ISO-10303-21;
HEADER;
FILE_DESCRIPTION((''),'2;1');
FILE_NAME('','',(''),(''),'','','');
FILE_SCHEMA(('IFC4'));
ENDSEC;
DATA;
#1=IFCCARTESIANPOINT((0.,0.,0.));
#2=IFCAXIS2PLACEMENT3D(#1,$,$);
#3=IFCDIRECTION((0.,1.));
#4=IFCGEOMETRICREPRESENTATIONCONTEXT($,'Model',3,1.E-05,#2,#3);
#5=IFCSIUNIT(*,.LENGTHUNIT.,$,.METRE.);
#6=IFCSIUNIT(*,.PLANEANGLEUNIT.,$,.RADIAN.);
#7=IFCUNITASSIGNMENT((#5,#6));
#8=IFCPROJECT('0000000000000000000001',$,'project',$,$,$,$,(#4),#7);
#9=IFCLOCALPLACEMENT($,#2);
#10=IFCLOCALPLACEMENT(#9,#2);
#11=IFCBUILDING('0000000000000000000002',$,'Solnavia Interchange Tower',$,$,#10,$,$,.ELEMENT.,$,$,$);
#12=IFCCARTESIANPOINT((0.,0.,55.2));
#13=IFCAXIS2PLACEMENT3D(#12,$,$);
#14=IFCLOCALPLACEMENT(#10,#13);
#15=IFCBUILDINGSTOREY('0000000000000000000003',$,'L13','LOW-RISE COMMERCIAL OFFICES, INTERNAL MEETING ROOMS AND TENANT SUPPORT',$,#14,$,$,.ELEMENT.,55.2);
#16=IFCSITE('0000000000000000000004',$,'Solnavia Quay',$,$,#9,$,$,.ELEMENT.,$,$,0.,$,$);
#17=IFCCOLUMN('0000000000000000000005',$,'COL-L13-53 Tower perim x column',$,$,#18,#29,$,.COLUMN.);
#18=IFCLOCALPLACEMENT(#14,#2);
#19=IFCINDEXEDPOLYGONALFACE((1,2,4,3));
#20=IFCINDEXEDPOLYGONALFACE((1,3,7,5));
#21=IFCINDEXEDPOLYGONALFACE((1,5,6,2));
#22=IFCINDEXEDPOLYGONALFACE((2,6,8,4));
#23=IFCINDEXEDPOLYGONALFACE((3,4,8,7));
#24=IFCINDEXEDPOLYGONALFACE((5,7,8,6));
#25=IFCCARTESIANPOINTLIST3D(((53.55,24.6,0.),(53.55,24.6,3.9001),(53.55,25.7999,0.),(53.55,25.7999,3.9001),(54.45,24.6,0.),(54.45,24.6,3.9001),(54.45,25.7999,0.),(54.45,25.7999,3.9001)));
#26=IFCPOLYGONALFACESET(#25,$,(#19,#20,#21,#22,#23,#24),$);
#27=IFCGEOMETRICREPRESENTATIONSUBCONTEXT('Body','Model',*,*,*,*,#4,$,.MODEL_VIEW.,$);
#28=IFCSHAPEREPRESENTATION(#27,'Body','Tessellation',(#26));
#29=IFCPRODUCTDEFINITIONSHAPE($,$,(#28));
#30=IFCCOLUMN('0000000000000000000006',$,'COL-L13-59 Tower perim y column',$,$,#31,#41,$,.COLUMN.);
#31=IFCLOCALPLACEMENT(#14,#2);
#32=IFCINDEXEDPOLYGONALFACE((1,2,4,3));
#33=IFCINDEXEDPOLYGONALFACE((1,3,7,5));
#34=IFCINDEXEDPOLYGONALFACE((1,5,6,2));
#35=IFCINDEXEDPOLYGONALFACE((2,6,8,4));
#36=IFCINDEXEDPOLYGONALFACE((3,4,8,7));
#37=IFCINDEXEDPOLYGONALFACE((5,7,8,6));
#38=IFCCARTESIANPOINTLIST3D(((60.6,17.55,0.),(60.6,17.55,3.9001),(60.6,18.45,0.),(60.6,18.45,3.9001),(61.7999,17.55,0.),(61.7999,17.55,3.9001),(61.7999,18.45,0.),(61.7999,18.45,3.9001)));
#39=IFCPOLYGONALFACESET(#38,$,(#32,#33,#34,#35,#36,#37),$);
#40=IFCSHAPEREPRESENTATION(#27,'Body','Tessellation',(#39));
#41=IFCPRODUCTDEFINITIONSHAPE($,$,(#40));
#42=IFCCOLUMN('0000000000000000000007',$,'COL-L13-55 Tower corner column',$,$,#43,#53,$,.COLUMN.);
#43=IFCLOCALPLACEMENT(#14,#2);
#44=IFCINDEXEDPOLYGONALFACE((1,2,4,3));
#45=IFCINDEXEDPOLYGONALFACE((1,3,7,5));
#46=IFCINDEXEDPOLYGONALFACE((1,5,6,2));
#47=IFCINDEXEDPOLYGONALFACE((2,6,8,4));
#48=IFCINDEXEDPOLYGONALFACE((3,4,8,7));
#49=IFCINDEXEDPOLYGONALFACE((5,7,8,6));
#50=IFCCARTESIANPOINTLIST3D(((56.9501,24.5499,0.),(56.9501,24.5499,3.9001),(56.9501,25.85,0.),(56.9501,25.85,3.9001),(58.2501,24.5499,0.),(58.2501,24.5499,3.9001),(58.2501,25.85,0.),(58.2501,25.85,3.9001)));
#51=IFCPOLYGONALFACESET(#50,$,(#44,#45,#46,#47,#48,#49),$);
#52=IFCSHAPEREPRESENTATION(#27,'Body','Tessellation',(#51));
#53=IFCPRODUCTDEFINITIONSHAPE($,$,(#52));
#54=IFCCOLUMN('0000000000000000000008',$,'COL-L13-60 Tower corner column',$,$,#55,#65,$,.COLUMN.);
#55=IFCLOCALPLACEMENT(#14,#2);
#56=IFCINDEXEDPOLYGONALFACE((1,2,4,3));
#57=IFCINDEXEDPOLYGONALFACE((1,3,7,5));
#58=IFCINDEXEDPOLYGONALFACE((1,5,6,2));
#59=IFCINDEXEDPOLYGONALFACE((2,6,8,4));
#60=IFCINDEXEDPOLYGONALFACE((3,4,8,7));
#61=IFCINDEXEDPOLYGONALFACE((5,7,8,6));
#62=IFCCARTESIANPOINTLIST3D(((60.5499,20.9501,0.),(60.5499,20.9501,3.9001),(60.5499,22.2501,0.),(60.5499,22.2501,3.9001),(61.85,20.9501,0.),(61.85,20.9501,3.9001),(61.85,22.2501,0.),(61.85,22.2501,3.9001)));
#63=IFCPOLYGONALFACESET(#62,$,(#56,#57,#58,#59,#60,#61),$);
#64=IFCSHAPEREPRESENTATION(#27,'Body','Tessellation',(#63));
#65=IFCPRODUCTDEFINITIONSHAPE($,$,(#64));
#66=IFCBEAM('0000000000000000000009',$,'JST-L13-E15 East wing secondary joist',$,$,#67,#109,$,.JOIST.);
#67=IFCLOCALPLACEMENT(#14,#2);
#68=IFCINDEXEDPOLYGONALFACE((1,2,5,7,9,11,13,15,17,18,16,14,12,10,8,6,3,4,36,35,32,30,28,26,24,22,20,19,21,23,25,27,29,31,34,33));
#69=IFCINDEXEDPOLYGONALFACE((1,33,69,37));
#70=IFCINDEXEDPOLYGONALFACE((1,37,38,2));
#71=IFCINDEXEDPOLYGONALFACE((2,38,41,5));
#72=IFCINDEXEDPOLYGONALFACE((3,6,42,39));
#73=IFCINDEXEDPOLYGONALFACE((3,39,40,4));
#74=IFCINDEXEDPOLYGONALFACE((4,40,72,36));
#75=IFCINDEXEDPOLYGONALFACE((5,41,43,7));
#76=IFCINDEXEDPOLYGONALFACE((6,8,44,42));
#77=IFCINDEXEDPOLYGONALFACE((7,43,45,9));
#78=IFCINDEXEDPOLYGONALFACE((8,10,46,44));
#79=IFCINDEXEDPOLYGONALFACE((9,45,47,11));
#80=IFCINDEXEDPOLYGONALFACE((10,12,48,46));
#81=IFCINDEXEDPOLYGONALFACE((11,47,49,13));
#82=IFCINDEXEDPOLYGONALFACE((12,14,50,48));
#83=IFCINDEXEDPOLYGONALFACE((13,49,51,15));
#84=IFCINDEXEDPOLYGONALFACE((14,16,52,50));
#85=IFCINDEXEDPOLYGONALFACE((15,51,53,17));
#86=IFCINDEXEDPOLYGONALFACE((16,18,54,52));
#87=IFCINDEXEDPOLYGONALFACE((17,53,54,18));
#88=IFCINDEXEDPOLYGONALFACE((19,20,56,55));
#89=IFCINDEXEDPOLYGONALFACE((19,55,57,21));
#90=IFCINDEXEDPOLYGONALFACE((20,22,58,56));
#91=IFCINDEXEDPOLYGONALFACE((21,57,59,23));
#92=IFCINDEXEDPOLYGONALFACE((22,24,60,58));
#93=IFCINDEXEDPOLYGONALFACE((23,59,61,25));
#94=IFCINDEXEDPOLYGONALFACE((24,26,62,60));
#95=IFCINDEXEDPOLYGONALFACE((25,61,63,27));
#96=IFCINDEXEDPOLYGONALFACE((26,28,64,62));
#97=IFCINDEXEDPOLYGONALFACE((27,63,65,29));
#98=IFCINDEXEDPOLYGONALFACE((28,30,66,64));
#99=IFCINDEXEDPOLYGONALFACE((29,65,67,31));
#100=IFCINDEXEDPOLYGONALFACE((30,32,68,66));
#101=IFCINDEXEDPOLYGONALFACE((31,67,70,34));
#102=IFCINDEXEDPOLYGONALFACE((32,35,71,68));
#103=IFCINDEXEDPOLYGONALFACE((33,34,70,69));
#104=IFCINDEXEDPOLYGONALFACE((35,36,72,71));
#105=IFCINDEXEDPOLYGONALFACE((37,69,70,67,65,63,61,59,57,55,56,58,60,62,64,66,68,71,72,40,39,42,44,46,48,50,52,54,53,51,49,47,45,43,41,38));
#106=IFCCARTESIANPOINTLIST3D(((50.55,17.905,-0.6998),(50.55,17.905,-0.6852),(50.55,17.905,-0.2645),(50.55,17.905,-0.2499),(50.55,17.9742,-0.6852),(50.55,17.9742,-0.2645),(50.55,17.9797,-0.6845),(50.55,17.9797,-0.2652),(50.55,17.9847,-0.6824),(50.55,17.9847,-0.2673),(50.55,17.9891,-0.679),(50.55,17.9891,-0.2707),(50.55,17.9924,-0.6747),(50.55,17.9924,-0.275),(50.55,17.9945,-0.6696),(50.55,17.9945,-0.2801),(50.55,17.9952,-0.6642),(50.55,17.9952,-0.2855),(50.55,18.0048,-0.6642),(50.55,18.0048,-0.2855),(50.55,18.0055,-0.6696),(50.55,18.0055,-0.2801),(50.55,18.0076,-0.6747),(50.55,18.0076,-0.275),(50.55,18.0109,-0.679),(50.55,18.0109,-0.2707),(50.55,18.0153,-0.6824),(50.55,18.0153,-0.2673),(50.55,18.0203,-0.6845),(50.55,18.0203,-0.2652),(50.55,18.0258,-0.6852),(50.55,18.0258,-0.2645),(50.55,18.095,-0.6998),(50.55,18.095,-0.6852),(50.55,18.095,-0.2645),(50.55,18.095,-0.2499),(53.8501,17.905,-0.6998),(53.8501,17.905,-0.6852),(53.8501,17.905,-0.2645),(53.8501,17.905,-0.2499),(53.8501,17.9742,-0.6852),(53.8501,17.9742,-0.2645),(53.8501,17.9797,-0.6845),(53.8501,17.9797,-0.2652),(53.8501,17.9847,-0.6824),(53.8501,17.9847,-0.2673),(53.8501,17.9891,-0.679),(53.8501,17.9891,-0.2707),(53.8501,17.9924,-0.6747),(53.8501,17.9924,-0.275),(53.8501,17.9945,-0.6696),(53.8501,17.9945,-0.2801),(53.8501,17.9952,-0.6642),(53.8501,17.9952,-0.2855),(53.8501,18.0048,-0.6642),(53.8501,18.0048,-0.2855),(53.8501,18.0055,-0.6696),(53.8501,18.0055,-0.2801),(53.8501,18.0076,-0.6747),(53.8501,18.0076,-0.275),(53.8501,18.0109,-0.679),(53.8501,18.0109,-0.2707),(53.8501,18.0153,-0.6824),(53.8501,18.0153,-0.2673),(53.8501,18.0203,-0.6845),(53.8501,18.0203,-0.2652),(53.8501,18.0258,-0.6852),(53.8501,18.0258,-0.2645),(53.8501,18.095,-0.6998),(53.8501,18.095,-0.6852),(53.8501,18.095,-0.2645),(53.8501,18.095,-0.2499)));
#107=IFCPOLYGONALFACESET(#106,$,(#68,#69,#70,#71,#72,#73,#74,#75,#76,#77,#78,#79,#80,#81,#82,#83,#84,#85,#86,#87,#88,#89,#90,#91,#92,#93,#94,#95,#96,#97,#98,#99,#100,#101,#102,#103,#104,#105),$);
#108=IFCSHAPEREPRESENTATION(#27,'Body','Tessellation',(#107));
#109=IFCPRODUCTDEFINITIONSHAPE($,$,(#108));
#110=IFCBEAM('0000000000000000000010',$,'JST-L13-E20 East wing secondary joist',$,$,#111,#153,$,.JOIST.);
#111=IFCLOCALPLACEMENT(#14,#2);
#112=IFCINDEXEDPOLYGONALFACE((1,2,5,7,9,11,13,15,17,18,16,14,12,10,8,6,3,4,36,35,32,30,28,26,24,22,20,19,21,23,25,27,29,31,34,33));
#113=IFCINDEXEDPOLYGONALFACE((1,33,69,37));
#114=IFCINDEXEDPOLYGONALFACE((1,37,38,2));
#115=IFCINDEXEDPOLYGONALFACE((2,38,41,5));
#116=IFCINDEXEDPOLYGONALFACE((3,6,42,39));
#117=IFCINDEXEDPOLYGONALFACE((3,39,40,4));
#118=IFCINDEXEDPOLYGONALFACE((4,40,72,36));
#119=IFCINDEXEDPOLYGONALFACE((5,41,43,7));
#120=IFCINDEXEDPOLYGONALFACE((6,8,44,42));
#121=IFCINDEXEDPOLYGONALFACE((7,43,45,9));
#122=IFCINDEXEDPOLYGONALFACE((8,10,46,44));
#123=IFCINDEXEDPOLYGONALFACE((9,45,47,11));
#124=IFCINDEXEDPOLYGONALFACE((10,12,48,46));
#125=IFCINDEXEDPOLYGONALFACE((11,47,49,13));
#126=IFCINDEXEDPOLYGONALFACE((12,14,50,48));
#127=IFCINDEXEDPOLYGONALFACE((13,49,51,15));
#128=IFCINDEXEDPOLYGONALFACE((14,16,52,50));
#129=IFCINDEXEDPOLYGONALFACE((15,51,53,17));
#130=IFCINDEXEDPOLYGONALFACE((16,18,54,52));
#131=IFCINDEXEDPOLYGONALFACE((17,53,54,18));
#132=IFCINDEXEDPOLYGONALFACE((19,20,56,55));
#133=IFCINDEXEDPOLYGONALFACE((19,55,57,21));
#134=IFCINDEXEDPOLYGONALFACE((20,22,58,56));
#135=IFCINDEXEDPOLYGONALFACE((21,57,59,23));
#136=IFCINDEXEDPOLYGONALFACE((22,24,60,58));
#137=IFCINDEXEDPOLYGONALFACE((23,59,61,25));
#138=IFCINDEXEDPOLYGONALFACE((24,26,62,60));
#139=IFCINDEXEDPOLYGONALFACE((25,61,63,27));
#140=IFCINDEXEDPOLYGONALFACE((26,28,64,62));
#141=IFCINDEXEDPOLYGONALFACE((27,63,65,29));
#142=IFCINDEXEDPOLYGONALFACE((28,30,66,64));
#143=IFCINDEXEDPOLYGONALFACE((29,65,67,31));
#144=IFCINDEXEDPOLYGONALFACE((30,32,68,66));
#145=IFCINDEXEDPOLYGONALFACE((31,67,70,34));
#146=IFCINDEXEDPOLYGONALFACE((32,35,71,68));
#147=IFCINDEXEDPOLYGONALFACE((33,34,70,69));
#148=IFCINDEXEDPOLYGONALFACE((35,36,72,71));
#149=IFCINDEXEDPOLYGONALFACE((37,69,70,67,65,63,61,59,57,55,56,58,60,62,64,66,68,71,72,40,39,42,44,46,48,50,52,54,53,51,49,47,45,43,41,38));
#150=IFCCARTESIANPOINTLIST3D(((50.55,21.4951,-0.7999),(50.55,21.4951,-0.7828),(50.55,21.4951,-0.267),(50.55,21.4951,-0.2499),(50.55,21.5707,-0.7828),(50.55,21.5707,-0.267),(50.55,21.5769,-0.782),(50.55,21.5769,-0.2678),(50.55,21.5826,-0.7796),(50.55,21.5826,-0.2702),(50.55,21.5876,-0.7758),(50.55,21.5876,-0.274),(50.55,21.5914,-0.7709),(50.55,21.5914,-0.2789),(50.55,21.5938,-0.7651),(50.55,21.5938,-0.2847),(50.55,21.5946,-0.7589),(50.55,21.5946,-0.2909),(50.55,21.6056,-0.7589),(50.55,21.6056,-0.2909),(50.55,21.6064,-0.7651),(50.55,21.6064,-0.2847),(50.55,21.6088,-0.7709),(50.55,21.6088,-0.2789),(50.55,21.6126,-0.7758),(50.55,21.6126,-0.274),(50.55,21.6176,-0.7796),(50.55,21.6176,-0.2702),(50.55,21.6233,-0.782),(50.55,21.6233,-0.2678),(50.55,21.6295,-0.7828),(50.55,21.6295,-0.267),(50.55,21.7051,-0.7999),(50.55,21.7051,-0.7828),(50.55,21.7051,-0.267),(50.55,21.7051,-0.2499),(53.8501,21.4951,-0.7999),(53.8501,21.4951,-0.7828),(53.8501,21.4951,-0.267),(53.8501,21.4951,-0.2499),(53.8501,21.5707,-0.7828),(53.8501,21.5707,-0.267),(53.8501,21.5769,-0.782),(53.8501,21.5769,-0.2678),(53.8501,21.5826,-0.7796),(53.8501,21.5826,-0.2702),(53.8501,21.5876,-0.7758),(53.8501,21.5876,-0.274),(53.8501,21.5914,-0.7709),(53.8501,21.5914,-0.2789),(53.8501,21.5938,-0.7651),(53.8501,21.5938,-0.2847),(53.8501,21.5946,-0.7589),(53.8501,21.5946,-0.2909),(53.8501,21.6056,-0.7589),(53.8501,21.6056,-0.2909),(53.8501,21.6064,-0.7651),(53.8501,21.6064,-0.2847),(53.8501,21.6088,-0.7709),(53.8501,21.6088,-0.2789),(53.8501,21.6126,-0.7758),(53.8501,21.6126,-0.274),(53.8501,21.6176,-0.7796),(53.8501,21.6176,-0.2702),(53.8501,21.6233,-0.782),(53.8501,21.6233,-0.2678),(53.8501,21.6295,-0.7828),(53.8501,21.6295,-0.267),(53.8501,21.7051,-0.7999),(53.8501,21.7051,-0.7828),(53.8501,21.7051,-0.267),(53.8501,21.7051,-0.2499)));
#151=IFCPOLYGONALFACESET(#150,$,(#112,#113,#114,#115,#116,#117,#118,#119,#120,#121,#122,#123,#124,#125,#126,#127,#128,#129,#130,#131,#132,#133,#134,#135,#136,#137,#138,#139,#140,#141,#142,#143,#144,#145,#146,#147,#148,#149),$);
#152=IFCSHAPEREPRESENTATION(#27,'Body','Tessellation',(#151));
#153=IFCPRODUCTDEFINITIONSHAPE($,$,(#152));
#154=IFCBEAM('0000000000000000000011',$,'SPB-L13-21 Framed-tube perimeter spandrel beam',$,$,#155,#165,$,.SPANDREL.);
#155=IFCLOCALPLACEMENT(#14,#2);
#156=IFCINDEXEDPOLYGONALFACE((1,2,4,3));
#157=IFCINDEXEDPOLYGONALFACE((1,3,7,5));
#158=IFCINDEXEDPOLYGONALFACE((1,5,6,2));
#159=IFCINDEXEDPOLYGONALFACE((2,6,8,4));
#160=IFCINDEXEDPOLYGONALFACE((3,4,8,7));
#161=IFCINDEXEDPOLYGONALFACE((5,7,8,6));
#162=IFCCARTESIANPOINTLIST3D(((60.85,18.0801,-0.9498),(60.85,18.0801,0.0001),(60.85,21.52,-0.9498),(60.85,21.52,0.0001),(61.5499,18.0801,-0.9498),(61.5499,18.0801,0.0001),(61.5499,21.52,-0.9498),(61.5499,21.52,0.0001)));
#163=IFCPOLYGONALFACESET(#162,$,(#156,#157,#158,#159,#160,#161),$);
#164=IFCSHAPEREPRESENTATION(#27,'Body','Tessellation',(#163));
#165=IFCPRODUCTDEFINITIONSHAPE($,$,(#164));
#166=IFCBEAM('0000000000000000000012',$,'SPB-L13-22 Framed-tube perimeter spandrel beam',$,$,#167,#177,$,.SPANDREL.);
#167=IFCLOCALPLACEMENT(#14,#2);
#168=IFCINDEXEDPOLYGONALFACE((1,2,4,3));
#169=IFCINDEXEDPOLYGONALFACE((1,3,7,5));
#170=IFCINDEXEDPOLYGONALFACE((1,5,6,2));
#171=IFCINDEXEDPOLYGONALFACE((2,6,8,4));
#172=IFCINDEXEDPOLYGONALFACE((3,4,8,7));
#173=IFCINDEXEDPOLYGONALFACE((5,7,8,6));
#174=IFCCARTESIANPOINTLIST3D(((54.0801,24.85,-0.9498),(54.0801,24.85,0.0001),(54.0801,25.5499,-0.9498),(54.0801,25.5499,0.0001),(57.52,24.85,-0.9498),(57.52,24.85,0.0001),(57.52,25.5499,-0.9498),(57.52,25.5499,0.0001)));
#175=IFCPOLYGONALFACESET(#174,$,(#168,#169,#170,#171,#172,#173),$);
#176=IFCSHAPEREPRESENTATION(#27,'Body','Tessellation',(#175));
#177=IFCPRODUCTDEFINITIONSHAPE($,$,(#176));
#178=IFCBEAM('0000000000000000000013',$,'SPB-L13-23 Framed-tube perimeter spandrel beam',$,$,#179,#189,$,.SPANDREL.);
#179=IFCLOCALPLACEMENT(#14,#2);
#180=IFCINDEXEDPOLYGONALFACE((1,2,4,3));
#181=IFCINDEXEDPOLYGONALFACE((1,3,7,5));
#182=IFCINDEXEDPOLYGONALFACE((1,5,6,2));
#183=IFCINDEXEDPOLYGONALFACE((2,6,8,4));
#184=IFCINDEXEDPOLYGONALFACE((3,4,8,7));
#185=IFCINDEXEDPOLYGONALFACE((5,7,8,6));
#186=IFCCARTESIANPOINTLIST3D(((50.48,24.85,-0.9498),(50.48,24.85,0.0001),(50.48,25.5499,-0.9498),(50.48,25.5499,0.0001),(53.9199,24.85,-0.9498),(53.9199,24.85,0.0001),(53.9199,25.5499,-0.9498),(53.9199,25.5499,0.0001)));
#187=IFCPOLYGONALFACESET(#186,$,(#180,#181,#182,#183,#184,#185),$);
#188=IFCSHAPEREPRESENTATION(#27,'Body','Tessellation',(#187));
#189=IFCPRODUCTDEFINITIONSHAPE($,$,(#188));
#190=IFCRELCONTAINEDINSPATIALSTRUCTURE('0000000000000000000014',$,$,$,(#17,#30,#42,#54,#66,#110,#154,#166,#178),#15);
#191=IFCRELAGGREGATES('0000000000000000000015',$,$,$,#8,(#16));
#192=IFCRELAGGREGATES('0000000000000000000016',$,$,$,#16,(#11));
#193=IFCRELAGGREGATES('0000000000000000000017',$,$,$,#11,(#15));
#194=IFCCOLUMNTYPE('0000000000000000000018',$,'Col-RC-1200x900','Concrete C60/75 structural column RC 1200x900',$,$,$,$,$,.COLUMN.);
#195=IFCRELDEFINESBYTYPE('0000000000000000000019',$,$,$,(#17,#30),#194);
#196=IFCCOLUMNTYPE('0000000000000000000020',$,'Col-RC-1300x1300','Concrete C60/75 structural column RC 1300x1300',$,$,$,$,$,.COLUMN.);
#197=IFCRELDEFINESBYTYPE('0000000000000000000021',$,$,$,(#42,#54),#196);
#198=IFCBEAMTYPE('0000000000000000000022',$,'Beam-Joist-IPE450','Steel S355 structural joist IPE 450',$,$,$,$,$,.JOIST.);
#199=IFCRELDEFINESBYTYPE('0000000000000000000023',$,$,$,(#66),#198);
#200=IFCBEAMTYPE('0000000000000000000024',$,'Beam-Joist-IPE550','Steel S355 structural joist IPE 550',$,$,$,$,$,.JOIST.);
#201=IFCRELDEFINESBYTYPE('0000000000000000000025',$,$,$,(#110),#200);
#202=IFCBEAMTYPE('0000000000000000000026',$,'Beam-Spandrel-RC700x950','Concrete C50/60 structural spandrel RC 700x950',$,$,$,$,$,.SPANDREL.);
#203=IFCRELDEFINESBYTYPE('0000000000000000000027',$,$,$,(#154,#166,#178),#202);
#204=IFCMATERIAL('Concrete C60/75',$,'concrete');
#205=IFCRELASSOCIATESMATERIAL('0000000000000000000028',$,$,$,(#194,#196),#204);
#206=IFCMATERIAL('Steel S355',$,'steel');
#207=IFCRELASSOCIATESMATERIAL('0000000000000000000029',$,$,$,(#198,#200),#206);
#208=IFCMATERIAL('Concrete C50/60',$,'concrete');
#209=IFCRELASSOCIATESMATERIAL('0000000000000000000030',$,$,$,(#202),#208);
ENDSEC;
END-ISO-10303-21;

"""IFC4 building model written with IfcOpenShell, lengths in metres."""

from ifc_helpers import new_model, si_unit, direction, frame, origin, origin_2d, place, context, subcontext, project, spatial, rectangle, i_section, extrude, material, material_profile, profile_set, type_object, element, save


model = new_model("IFC4")

# Units and contexts
model_context = context("Model", 3, precision=1e-05, world=origin(), true_north=direction((0.0, 1.0)))
body_context = subcontext(model_context, "Body", "Model", "MODEL_VIEW")
ifc_project = project(units=[si_unit("LENGTHUNIT", "METRE"), si_unit("PLANEANGLEUNIT", "RADIAN")], contexts=[model_context])

# Site, building, storey
site_placement = place(None, origin())
site = spatial("IfcSite", under=ifc_project, at=site_placement, Name="Solnavia Quay", CompositionType="ELEMENT", RefElevation=0.0)
building_placement = place(site_placement, origin())
building = spatial("IfcBuilding", under=site, at=building_placement, Name="Solnavia Interchange Tower", CompositionType="ELEMENT")
storey_placement = place(building_placement, frame((0.0, 0.0, 55.2)))
storey = spatial("IfcBuildingStorey", under=building, at=storey_placement, Name="L13", Description="LOW-RISE COMMERCIAL OFFICES, INTERNAL MEETING ROOMS AND TENANT SUPPORT", CompositionType="ELEMENT", Elevation=55.2)

# Columns
ifc_material_1 = material(Name="Concrete C60/75", Category="concrete")
ifc_material_profile_1 = material_profile(ifc_material_1, rectangle(XDim=0.8999, YDim=1.2, at=origin_2d()), Name="RC 1200x900")
ifc_profile_set_1 = profile_set([ifc_material_profile_1], Name="Concrete C60/75")
column_type_1 = type_object("IfcColumnType", Name="Col-RC-1200x900", Description="Concrete C60/75 structural column RC 1200x900", PredefinedType="COLUMN", material=ifc_profile_set_1)
for number, where, z_axis, x_axis, name in (
    (1, (54.0, 25.2, 0.0), (0.0, 0.0, 1.0), (1.0, 0.0, 0.0), "COL-L13-53 Tower perim x column"),
    (2, (61.2, 18.0, 0.0), (0.0, 0.0, 1.0), (0.0, 1.0, 0.0), "COL-L13-59 Tower perim y column"),
):
    element("IfcColumn", number, at=place(storey_placement, frame(where, z_axis=z_axis, x_axis=x_axis)), inside=storey, type_object=column_type_1, Name=name, PredefinedType="COLUMN", context=body_context, shape_type="SweptSolid", body=[
        extrude(rectangle(XDim=0.8999, YDim=1.2, at=origin_2d()), origin(), (0.0, 0.0, 1.0), 3.9001),
    ])
ifc_material_profile_2 = material_profile(ifc_material_1, rectangle(XDim=1.3, YDim=1.3, at=origin_2d()), Name="RC 1300x1300")
ifc_profile_set_2 = profile_set([ifc_material_profile_2], Name="Concrete C60/75")
column_type_2 = type_object("IfcColumnType", Name="Col-RC-1300x1300", Description="Concrete C60/75 structural column RC 1300x1300", PredefinedType="COLUMN", material=ifc_profile_set_2)
for number, where, z_axis, x_axis, name in (
    (3, (57.6001, 25.2, 0.0), (0.0, 0.0, 1.0), (1.0, 0.0, 0.0), "COL-L13-55 Tower corner column"),
    (4, (61.2, 21.6001, 0.0), (0.0, 0.0, 1.0), (0.0, 1.0, 0.0), "COL-L13-60 Tower corner column"),
):
    element("IfcColumn", number, at=place(storey_placement, frame(where, z_axis=z_axis, x_axis=x_axis)), inside=storey, type_object=column_type_2, Name=name, PredefinedType="COLUMN", context=body_context, shape_type="SweptSolid", body=[
        extrude(rectangle(XDim=1.3, YDim=1.3, at=origin_2d()), origin(), (0.0, 0.0, 1.0), 3.9001),
    ])

# Beams
ifc_material_2 = material(Name="Steel S355", Category="steel")
ifc_material_profile_3 = material_profile(ifc_material_2, i_section(OverallWidth=0.1899, OverallDepth=0.45, WebThickness=0.0095, FlangeThickness=0.0146, FilletRadius=0.021, at=origin_2d()), Name="IPE 450")
ifc_profile_set_3 = profile_set([ifc_material_profile_3], Name="Steel S355")
beam_type_1 = type_object("IfcBeamType", Name="Beam-Joist-IPE450", Description="Steel S355 structural joist IPE 450", PredefinedType="JOIST", material=ifc_profile_set_3)
beam_1_placement = place(storey_placement, frame((50.55, 18.0, -0.4749), z_axis=(1.0, 0.0, 0.0), x_axis=(0.0, 1.0, 0.0)))
element("IfcBeam", 5, at=beam_1_placement, inside=storey, type_object=beam_type_1, Name="JST-L13-E15 East wing secondary joist", PredefinedType="JOIST", context=body_context, shape_type="SweptSolid", body=[
    extrude(i_section(OverallWidth=0.1899, OverallDepth=0.45, WebThickness=0.0095, FlangeThickness=0.0146, FilletRadius=0.021, at=origin_2d()), origin(), (0.0, 0.0, 1.0), 3.3),
])
ifc_material_profile_4 = material_profile(ifc_material_2, i_section(OverallWidth=0.21, OverallDepth=0.55, WebThickness=0.011, FlangeThickness=0.0171, FilletRadius=0.0239, at=origin_2d()), Name="IPE 550")
ifc_profile_set_4 = profile_set([ifc_material_profile_4], Name="Steel S355")
beam_type_2 = type_object("IfcBeamType", Name="Beam-Joist-IPE550", Description="Steel S355 structural joist IPE 550", PredefinedType="JOIST", material=ifc_profile_set_4)
beam_2_placement = place(storey_placement, frame((50.55, 21.6001, -0.5249), z_axis=(1.0, 0.0, 0.0), x_axis=(0.0, 1.0, 0.0)))
element("IfcBeam", 6, at=beam_2_placement, inside=storey, type_object=beam_type_2, Name="JST-L13-E20 East wing secondary joist", PredefinedType="JOIST", context=body_context, shape_type="SweptSolid", body=[
    extrude(i_section(OverallWidth=0.21, OverallDepth=0.55, WebThickness=0.011, FlangeThickness=0.0171, FilletRadius=0.0239, at=origin_2d()), origin(), (0.0, 0.0, 1.0), 3.3),
])
ifc_material_3 = material(Name="Concrete C50/60", Category="concrete")
ifc_material_profile_5 = material_profile(ifc_material_3, rectangle(XDim=0.7, YDim=0.95, at=origin_2d()), Name="RC 700x950")
ifc_profile_set_5 = profile_set([ifc_material_profile_5], Name="Concrete C50/60")
beam_type_3 = type_object("IfcBeamType", Name="Beam-Spandrel-RC700x950", Description="Concrete C50/60 structural spandrel RC 700x950", PredefinedType="SPANDREL", material=ifc_profile_set_5)
for number, where, z_axis, x_axis, name in (
    (7, (61.2, 18.0801, -0.4749), (0.0, 1.0, 0.0), (-1.0, 0.0, 0.0), "SPB-L13-21 Framed-tube perimeter spandrel beam"),
    (8, (57.52, 25.2, -0.4749), (-1.0, 0.0, 0.0), (0.0, -1.0, 0.0), "SPB-L13-22 Framed-tube perimeter spandrel beam"),
    (9, (53.9199, 25.2, -0.4749), (-1.0, 0.0, 0.0), (0.0, -1.0, 0.0), "SPB-L13-23 Framed-tube perimeter spandrel beam"),
):
    element("IfcBeam", number, at=place(storey_placement, frame(where, z_axis=z_axis, x_axis=x_axis)), inside=storey, type_object=beam_type_3, Name=name, PredefinedType="SPANDREL", context=body_context, shape_type="SweptSolid", body=[
        extrude(rectangle(XDim=0.7, YDim=0.95, at=origin_2d()), origin(), (0.0, 0.0, 1.0), 3.4399),
    ])

save(model, "model.ifc")
